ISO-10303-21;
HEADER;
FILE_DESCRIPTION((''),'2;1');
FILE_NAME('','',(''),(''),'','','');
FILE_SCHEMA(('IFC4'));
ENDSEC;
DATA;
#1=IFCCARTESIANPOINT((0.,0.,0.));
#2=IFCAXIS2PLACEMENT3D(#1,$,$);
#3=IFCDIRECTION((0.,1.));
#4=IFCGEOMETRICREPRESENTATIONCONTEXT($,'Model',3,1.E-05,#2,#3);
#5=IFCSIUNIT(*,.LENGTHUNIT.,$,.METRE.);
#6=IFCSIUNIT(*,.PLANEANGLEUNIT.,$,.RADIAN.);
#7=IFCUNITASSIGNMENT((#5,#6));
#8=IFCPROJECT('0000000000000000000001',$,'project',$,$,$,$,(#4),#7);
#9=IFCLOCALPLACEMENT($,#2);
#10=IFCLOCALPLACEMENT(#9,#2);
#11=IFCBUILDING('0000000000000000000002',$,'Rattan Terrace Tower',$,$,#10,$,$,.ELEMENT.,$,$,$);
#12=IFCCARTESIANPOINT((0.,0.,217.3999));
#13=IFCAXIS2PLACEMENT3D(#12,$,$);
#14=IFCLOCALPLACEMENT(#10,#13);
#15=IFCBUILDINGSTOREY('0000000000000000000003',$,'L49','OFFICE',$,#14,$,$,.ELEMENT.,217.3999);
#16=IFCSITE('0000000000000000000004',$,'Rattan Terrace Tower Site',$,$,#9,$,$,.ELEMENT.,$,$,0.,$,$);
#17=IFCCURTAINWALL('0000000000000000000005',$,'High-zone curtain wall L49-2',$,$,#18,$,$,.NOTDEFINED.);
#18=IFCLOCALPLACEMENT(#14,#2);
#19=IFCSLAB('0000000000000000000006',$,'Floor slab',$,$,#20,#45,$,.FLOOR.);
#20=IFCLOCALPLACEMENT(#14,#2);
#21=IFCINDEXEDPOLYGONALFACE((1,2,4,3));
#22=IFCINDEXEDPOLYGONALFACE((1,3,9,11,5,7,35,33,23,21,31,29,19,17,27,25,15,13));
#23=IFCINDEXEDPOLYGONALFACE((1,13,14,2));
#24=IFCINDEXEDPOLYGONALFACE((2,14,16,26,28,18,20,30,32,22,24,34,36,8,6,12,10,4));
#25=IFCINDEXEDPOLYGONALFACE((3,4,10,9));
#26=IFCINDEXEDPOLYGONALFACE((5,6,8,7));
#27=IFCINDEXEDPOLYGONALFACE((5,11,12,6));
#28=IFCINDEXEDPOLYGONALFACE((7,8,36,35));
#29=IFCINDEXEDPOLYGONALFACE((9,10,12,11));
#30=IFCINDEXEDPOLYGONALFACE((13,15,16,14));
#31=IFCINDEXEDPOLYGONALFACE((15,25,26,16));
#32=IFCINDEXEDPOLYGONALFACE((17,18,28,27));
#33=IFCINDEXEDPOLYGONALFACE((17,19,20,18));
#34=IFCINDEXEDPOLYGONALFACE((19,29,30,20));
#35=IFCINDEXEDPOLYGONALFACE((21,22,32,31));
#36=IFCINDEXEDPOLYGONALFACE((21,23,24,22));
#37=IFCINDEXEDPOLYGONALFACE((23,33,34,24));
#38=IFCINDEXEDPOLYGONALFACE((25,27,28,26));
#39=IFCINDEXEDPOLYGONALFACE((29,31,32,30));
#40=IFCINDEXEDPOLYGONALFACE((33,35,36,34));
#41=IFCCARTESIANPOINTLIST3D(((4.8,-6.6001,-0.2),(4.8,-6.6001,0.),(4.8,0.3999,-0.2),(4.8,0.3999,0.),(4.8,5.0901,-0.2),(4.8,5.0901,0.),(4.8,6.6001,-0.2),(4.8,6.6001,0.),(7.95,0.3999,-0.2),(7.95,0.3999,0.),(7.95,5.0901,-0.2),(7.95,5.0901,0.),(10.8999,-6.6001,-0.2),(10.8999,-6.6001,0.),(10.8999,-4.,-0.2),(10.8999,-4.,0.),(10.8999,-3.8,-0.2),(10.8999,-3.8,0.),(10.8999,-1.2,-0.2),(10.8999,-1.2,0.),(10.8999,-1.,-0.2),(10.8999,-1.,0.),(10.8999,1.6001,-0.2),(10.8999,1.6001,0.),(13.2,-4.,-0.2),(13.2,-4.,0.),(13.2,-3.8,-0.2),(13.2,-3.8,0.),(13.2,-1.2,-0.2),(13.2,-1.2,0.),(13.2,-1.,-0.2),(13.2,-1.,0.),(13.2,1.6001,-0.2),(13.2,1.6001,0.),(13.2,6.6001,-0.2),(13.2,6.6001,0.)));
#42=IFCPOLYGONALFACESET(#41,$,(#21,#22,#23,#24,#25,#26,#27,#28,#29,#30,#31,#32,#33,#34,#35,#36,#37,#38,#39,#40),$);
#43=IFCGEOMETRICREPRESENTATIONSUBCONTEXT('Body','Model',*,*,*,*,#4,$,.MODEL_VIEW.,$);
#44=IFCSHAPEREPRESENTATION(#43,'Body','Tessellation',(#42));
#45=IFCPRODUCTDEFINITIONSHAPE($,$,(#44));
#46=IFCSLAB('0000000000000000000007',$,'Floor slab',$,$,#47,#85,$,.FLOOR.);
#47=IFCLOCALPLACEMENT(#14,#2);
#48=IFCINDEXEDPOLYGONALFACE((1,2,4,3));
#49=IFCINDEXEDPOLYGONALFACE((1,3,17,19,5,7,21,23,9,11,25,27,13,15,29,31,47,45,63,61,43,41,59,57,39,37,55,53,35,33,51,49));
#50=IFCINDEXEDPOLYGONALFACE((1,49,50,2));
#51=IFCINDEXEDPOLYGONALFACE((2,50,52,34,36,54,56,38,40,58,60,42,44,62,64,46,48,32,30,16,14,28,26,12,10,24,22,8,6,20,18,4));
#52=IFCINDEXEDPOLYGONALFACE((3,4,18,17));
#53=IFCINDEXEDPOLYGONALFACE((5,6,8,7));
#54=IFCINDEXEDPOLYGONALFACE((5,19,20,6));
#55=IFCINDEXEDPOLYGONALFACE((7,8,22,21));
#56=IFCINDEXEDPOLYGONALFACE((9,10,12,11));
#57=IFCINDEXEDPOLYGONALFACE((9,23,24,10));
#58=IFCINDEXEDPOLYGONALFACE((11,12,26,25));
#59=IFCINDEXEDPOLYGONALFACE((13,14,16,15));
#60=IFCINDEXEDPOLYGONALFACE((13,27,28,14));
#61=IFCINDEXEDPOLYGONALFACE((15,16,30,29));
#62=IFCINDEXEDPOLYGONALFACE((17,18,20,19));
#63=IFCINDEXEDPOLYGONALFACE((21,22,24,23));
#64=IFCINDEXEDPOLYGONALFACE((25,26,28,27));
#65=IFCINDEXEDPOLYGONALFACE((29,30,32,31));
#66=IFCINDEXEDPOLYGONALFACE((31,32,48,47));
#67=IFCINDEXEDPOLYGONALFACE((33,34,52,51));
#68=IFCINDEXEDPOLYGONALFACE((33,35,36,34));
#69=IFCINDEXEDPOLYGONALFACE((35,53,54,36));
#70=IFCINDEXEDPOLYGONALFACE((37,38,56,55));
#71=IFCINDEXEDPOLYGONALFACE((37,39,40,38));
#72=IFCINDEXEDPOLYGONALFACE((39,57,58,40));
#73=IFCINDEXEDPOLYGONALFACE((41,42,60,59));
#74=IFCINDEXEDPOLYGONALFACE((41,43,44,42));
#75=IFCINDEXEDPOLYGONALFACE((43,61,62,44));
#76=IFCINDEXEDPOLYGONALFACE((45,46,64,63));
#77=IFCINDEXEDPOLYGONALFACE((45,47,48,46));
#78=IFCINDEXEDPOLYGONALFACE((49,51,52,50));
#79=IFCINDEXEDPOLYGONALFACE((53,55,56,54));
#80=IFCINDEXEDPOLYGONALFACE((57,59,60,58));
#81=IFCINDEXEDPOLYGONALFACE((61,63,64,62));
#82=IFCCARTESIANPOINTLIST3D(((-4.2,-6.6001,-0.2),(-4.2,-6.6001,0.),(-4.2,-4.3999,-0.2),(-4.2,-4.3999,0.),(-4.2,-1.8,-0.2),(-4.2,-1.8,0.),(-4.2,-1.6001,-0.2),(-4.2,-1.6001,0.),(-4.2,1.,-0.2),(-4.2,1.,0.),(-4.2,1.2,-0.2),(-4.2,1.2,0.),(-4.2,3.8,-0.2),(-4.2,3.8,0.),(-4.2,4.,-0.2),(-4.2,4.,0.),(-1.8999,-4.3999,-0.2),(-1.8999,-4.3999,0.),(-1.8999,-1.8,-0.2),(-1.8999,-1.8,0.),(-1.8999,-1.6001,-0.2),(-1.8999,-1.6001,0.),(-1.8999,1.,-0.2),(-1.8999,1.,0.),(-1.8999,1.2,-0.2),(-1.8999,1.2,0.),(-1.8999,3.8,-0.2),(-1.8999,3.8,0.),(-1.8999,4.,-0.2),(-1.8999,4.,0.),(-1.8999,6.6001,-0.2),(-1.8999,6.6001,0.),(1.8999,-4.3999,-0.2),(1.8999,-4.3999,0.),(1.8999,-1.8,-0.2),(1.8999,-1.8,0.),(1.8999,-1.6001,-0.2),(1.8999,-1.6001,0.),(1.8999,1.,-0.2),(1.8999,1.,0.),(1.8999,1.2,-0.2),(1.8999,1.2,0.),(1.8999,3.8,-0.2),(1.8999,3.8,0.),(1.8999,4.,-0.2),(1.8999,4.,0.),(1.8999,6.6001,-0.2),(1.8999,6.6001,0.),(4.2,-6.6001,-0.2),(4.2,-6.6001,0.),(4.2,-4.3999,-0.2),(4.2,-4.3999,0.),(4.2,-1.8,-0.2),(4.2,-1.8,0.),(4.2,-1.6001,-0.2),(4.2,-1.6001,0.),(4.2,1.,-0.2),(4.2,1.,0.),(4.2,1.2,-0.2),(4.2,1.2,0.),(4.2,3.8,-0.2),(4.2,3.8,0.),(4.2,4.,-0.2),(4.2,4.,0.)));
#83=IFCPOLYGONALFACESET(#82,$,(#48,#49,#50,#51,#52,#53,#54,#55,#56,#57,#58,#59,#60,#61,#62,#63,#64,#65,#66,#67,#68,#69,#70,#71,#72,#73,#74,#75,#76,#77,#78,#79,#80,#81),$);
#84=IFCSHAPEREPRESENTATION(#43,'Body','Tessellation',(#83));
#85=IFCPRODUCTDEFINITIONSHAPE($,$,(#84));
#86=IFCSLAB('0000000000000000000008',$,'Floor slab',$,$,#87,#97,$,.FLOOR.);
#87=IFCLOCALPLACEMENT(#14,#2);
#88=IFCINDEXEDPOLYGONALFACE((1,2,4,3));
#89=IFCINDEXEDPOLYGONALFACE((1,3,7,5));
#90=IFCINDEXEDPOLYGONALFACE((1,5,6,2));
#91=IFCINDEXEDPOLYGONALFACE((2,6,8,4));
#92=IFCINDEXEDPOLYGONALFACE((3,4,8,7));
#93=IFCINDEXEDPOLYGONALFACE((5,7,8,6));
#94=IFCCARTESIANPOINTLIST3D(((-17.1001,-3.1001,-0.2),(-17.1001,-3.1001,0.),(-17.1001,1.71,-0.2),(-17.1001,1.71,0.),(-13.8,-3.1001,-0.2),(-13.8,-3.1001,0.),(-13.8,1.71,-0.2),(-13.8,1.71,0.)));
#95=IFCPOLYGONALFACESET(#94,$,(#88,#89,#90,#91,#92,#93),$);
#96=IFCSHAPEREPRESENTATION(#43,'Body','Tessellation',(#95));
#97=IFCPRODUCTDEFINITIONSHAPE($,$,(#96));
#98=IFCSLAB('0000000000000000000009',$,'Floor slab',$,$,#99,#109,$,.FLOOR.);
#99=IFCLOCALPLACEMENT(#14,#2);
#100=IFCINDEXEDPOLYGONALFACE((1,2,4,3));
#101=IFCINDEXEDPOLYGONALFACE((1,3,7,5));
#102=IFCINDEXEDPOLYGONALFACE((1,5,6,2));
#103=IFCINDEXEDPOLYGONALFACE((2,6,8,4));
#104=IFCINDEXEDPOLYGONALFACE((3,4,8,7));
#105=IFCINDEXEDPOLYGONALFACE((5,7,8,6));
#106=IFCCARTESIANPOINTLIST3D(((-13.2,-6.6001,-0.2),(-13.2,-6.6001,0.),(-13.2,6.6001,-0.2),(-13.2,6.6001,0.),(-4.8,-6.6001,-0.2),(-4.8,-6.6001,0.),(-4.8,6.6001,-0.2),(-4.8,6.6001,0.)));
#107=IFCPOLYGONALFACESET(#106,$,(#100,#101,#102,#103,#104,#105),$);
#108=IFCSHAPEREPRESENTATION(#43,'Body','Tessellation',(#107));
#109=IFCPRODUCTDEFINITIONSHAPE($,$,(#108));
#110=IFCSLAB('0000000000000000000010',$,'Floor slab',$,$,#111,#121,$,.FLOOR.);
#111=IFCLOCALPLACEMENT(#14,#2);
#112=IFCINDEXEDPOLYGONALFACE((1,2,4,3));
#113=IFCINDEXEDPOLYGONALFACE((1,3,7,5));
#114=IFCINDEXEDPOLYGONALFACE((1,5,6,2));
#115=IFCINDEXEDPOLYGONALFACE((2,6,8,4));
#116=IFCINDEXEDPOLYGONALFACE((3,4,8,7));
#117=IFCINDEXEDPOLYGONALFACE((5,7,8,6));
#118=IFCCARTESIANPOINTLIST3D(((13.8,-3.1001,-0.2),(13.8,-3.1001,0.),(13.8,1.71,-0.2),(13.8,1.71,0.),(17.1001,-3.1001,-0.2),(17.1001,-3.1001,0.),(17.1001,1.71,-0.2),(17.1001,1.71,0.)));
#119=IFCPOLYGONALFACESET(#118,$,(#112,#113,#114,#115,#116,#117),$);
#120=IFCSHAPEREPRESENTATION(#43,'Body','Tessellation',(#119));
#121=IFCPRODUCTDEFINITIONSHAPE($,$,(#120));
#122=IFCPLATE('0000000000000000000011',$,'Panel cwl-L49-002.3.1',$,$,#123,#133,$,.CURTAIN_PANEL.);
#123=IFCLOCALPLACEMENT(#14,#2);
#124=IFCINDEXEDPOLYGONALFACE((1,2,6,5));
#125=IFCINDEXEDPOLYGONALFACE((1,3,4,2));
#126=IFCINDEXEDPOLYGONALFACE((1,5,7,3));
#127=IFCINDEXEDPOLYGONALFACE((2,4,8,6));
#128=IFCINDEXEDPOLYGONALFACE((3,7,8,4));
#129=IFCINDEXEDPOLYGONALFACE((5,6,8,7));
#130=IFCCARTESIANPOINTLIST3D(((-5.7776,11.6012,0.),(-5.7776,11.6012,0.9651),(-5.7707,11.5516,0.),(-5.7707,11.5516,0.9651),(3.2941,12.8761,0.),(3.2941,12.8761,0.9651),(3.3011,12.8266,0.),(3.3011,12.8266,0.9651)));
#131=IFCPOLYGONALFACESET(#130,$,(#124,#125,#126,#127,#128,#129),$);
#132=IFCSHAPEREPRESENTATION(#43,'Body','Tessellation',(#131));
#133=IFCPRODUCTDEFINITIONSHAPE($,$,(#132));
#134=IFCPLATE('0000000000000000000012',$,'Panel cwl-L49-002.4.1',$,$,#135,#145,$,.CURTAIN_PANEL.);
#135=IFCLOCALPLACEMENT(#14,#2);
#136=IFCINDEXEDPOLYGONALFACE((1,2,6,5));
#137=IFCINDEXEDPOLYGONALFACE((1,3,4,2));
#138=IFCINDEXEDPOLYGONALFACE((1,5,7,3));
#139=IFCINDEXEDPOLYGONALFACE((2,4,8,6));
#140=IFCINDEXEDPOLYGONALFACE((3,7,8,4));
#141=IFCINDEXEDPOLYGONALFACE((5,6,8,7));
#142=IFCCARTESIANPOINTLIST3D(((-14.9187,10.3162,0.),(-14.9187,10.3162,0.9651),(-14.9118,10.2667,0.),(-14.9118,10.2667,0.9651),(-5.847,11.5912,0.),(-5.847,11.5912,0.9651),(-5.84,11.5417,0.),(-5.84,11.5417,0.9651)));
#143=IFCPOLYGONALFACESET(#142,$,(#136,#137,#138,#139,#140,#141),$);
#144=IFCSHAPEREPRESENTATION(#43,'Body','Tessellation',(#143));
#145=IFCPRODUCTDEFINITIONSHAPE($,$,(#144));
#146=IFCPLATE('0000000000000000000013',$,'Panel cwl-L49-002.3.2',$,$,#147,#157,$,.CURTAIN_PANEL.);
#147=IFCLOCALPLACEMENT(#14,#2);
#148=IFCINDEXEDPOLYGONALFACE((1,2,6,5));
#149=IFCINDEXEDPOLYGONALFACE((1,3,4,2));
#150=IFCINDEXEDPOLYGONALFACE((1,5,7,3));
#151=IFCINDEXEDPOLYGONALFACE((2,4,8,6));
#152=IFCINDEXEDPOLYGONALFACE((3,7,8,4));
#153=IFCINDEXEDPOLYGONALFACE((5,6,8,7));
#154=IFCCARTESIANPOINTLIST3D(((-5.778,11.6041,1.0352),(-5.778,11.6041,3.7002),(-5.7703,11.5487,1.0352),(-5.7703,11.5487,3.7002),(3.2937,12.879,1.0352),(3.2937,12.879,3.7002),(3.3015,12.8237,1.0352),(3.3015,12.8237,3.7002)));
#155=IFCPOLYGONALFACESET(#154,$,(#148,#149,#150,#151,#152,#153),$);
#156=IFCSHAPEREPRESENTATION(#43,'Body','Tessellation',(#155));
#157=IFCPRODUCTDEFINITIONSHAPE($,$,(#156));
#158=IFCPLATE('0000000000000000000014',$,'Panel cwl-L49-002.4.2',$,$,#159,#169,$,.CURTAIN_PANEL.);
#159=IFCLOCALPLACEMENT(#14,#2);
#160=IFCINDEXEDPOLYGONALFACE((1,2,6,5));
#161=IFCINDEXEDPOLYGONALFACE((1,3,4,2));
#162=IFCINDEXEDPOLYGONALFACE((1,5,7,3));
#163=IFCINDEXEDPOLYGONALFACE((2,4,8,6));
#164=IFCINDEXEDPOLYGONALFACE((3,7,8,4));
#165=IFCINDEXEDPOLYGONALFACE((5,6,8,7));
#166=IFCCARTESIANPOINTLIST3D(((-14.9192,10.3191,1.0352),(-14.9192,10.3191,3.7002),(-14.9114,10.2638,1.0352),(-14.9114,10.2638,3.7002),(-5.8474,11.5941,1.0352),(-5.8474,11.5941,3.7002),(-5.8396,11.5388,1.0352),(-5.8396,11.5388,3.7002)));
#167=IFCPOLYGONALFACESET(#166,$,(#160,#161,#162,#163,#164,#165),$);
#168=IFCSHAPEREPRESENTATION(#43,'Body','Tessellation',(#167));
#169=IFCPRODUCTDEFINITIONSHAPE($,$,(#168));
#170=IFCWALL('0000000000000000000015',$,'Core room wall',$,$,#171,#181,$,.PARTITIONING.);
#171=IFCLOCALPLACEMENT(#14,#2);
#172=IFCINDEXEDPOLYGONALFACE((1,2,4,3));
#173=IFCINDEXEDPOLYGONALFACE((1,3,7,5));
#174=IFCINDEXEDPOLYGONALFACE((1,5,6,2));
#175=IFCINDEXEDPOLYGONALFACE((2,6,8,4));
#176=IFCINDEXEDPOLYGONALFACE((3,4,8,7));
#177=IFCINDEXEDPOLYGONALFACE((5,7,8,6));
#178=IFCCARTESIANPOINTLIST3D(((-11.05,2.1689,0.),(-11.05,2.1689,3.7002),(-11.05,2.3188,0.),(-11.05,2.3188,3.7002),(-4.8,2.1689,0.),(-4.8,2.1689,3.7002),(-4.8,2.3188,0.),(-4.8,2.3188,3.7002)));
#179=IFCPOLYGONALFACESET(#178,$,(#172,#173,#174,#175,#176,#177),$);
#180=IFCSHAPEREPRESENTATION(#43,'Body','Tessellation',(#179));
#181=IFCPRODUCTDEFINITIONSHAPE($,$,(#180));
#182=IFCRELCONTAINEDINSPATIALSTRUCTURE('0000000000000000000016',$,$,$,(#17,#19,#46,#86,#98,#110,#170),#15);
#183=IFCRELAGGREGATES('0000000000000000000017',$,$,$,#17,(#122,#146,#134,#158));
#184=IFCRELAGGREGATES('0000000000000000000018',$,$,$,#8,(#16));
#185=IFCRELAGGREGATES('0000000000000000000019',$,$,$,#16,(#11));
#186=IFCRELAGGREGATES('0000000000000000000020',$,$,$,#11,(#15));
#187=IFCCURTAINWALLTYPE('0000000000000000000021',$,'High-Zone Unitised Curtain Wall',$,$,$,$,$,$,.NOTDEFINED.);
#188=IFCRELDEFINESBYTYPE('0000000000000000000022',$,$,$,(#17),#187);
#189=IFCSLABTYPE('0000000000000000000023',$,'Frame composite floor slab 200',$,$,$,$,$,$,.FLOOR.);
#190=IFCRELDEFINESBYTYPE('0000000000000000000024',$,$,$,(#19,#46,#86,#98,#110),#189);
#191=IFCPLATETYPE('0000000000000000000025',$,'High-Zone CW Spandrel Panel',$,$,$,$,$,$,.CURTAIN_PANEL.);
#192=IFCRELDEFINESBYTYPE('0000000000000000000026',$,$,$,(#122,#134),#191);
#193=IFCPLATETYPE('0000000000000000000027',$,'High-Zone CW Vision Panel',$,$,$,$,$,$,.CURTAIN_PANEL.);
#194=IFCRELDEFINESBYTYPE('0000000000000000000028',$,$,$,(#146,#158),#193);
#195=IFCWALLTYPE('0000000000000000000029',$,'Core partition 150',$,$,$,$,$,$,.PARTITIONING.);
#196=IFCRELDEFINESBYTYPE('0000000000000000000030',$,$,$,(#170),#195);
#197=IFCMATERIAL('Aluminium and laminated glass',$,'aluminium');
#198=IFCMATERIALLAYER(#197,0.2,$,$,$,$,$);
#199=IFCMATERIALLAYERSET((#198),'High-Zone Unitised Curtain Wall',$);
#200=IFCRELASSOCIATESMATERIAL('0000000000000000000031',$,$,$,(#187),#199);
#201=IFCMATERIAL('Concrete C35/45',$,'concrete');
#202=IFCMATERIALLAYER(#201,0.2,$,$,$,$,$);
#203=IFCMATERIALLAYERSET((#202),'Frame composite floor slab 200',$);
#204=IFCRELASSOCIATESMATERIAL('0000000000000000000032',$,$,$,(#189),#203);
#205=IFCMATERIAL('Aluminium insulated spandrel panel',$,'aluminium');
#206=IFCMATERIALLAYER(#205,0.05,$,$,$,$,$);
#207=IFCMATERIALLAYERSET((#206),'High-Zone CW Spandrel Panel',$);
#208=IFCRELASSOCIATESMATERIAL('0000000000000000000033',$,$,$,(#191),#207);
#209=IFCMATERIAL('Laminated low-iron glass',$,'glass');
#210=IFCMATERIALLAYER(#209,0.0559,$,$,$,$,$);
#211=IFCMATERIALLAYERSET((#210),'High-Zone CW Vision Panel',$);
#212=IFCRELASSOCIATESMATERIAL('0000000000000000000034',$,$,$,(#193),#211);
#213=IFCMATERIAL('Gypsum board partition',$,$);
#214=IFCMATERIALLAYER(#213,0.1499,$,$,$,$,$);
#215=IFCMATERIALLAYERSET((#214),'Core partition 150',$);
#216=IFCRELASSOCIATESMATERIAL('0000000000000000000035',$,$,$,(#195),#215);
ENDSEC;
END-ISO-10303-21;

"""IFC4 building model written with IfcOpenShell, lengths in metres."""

from ifc_helpers import new_model, si_unit, direction, frame, frame_2d, origin, origin_2d, place, context, subcontext, project, spatial, polyline, rectangle, outline, extrude, material, layer, layer_set, type_object, element, aggregate, save


model = new_model("IFC4")

# Units and contexts
model_context = context("Model", 3, precision=1e-05, world=origin(), true_north=direction((0.0, 1.0)))
body_context = subcontext(model_context, "Body", "Model", "MODEL_VIEW")
ifc_project = project(units=[si_unit("LENGTHUNIT", "METRE"), si_unit("PLANEANGLEUNIT", "RADIAN")], contexts=[model_context])

# Site, building, storey
site_placement = place(None, origin())
site = spatial("IfcSite", under=ifc_project, at=site_placement, Name="Rattan Terrace Tower Site", CompositionType="ELEMENT", RefElevation=0.0)
building_placement = place(site_placement, origin())
building = spatial("IfcBuilding", under=site, at=building_placement, Name="Rattan Terrace Tower", CompositionType="ELEMENT")
storey_placement = place(building_placement, frame((0.0, 0.0, 217.3999)))
storey = spatial("IfcBuildingStorey", under=building, at=storey_placement, Name="L49", Description="OFFICE", CompositionType="ELEMENT", Elevation=217.3999)

# Curtain wall
ifc_material_1 = material(Name="Aluminium and laminated glass", Category="aluminium")
ifc_layer_1 = layer(ifc_material_1, 0.2)
ifc_layer_set_1 = layer_set([ifc_layer_1], Name="High-Zone Unitised Curtain Wall")
curtain_wall_type = type_object("IfcCurtainWallType", Name="High-Zone Unitised Curtain Wall", PredefinedType="NOTDEFINED", material=ifc_layer_set_1)
curtain_wall_placement = place(storey_placement, origin())
curtain_wall = element("IfcCurtainWall", 1, at=curtain_wall_placement, inside=storey, type_object=curtain_wall_type, Name="High-zone curtain wall L49-2", PredefinedType="NOTDEFINED")

# Slabs
ifc_material_2 = material(Name="Concrete C35/45", Category="concrete")
ifc_layer_2 = layer(ifc_material_2, 0.2)
ifc_layer_set_2 = layer_set([ifc_layer_2], Name="Frame composite floor slab 200")
slab_type_1 = type_object("IfcSlabType", Name="Frame composite floor slab 200", PredefinedType="FLOOR", material=ifc_layer_set_2)
slab_1_placement = place(storey_placement, frame((0.0, 0.0, -0.2)))
element("IfcSlab", 2, at=slab_1_placement, inside=storey, type_object=slab_type_1, Name="Floor slab", PredefinedType="FLOOR", context=body_context, shape_type="SweptSolid", body=[
    extrude(outline(polyline([(13.2, 6.6001), (4.8, 6.6001), (4.8, 5.0901), (7.95, 5.0901), (7.95, 0.3999), (4.8, 0.3999), (4.8, -6.6001), (10.8999, -6.6001), (10.8999, -4.0), (13.2, -4.0), (13.2, -3.8), (10.8999, -3.8), (10.8999, -1.2), (13.2, -1.2), (13.2, -1.0), (10.8999, -1.0), (10.8999, 1.6001), (13.2, 1.6001), (13.2, 6.6001)])), origin(), (0.0, 0.0, 1.0), 0.2),
])
slab_2_placement = place(storey_placement, frame((0.0, 0.0, -0.2)))
element("IfcSlab", 3, at=slab_2_placement, inside=storey, type_object=slab_type_1, Name="Floor slab", PredefinedType="FLOOR", context=body_context, shape_type="SweptSolid", body=[
    extrude(outline(polyline([(1.8999, 6.6001), (-1.8999, 6.6001), (-1.8999, 4.0), (-4.2, 4.0), (-4.2, 3.8), (-1.8999, 3.8), (-1.8999, 1.2), (-4.2, 1.2), (-4.2, 1.0), (-1.8999, 1.0), (-1.8999, -1.6001), (-4.2, -1.6001), (-4.2, -1.8), (-1.8999, -1.8), (-1.8999, -4.3999), (-4.2, -4.3999), (-4.2, -6.6001), (4.2, -6.6001), (4.2, -4.3999), (1.8999, -4.3999), (1.8999, -1.8), (4.2, -1.8), (4.2, -1.6001), (1.8999, -1.6001), (1.8999, 1.0), (4.2, 1.0), (4.2, 1.2), (1.8999, 1.2), (1.8999, 3.8), (4.2, 3.8), (4.2, 4.0), (1.8999, 4.0), (1.8999, 6.6001)])), origin(), (0.0, 0.0, 1.0), 0.2),
])
slab_3_placement = place(storey_placement, frame((0.0, 0.0, -0.2)))
element("IfcSlab", 4, at=slab_3_placement, inside=storey, type_object=slab_type_1, Name="Floor slab", PredefinedType="FLOOR", context=body_context, shape_type="SweptSolid", body=[
    extrude(outline(polyline([(-17.1001, -3.1001), (-13.8, -3.1001), (-13.8, 1.71), (-17.1001, 1.71), (-17.1001, -3.1001)])), origin(), (0.0, 0.0, 1.0), 0.2),
])
slab_4_placement = place(storey_placement, frame((0.0, 0.0, -0.2)))
element("IfcSlab", 5, at=slab_4_placement, inside=storey, type_object=slab_type_1, Name="Floor slab", PredefinedType="FLOOR", context=body_context, shape_type="SweptSolid", body=[
    extrude(outline(polyline([(-4.8, -6.6001), (-4.8, 6.6001), (-13.2, 6.6001), (-13.2, -6.6001), (-4.8, -6.6001)])), origin(), (0.0, 0.0, 1.0), 0.2),
])
slab_5_placement = place(storey_placement, frame((0.0, 0.0, -0.2)))
element("IfcSlab", 6, at=slab_5_placement, inside=storey, type_object=slab_type_1, Name="Floor slab", PredefinedType="FLOOR", context=body_context, shape_type="SweptSolid", body=[
    extrude(outline(polyline([(13.8, -3.1001), (17.1001, -3.1001), (17.1001, 1.71), (13.8, 1.71), (13.8, -3.1001)])), origin(), (0.0, 0.0, 1.0), 0.2),
])

# Plates
ifc_material_3 = material(Name="Aluminium insulated spandrel panel", Category="aluminium")
ifc_layer_3 = layer(ifc_material_3, 0.05)
ifc_layer_set_3 = layer_set([ifc_layer_3], Name="High-Zone CW Spandrel Panel")
plate_type_1 = type_object("IfcPlateType", Name="High-Zone CW Spandrel Panel", PredefinedType="CURTAIN_PANEL", material=ifc_layer_set_3)
plate_1_placement = place(storey_placement, frame((-1.2383, 12.2139, 0.0), z_axis=(0.0, 0.0, 1.0), x_axis=(-0.990267, -0.139177, 0.0)))
plate_1 = element("IfcPlate", 7, at=plate_1_placement, type_object=plate_type_1, Name="Panel cwl-L49-002.3.1", PredefinedType="CURTAIN_PANEL", context=body_context, shape_type="SweptSolid", body=[
    extrude(rectangle(XDim=9.1609, YDim=0.05, at=origin_2d()), origin(), (0.0, 0.0, 1.0), 0.9651),
])
plate_2_placement = place(storey_placement, frame((-10.3794, 10.929, 0.0), z_axis=(0.0, 0.0, 1.0), x_axis=(-0.990267, -0.139177, 0.0)))
plate_2 = element("IfcPlate", 8, at=plate_2_placement, type_object=plate_type_1, Name="Panel cwl-L49-002.4.1", PredefinedType="CURTAIN_PANEL", context=body_context, shape_type="SweptSolid", body=[
    extrude(rectangle(XDim=9.1609, YDim=0.05, at=origin_2d()), origin(), (0.0, 0.0, 1.0), 0.9651),
])
ifc_material_4 = material(Name="Laminated low-iron glass", Category="glass")
ifc_layer_4 = layer(ifc_material_4, 0.0559)
ifc_layer_set_4 = layer_set([ifc_layer_4], Name="High-Zone CW Vision Panel")
plate_type_2 = type_object("IfcPlateType", Name="High-Zone CW Vision Panel", PredefinedType="CURTAIN_PANEL", material=ifc_layer_set_4)
plate_3_placement = place(storey_placement, frame((-1.2383, 12.2139, 1.0352), z_axis=(0.0, 0.0, 1.0), x_axis=(-0.990267, -0.139177, 0.0)))
plate_3 = element("IfcPlate", 9, at=plate_3_placement, type_object=plate_type_2, Name="Panel cwl-L49-002.3.2", PredefinedType="CURTAIN_PANEL", context=body_context, shape_type="SweptSolid", body=[
    extrude(rectangle(XDim=9.1609, YDim=0.0559, at=origin_2d()), origin(), (0.0, 0.0, 1.0), 2.665),
])
plate_4_placement = place(storey_placement, frame((-10.3794, 10.929, 1.0352), z_axis=(0.0, 0.0, 1.0), x_axis=(-0.990267, -0.139177, 0.0)))
plate_4 = element("IfcPlate", 10, at=plate_4_placement, type_object=plate_type_2, Name="Panel cwl-L49-002.4.2", PredefinedType="CURTAIN_PANEL", context=body_context, shape_type="SweptSolid", body=[
    extrude(rectangle(XDim=9.1609, YDim=0.0559, at=origin_2d()), origin(), (0.0, 0.0, 1.0), 2.665),
])
aggregate(curtain_wall, [plate_1, plate_3, plate_2, plate_4])

# Wall
ifc_material_5 = material(Name="Gypsum board partition")
ifc_layer_5 = layer(ifc_material_5, 0.1499)
ifc_layer_set_5 = layer_set([ifc_layer_5], Name="Core partition 150")
wall_type_1 = type_object("IfcWallType", Name="Core partition 150", PredefinedType="PARTITIONING", material=ifc_layer_set_5)
wall_placement = place(storey_placement, frame((-11.05, 2.2439, 0.0), z_axis=(0.0, 0.0, 1.0), x_axis=(1.0, 0.0, 0.0)))
element("IfcWall", 11, at=wall_placement, inside=storey, type_object=wall_type_1, Name="Core room wall", PredefinedType="PARTITIONING", context=body_context, shape_type="SweptSolid", body=[
    extrude(rectangle(XDim=6.25, YDim=0.1499, at=frame_2d((3.125, 0.0))), origin(), (0.0, 0.0, 1.0), 3.7002),
])

save(model, "model.ifc")
